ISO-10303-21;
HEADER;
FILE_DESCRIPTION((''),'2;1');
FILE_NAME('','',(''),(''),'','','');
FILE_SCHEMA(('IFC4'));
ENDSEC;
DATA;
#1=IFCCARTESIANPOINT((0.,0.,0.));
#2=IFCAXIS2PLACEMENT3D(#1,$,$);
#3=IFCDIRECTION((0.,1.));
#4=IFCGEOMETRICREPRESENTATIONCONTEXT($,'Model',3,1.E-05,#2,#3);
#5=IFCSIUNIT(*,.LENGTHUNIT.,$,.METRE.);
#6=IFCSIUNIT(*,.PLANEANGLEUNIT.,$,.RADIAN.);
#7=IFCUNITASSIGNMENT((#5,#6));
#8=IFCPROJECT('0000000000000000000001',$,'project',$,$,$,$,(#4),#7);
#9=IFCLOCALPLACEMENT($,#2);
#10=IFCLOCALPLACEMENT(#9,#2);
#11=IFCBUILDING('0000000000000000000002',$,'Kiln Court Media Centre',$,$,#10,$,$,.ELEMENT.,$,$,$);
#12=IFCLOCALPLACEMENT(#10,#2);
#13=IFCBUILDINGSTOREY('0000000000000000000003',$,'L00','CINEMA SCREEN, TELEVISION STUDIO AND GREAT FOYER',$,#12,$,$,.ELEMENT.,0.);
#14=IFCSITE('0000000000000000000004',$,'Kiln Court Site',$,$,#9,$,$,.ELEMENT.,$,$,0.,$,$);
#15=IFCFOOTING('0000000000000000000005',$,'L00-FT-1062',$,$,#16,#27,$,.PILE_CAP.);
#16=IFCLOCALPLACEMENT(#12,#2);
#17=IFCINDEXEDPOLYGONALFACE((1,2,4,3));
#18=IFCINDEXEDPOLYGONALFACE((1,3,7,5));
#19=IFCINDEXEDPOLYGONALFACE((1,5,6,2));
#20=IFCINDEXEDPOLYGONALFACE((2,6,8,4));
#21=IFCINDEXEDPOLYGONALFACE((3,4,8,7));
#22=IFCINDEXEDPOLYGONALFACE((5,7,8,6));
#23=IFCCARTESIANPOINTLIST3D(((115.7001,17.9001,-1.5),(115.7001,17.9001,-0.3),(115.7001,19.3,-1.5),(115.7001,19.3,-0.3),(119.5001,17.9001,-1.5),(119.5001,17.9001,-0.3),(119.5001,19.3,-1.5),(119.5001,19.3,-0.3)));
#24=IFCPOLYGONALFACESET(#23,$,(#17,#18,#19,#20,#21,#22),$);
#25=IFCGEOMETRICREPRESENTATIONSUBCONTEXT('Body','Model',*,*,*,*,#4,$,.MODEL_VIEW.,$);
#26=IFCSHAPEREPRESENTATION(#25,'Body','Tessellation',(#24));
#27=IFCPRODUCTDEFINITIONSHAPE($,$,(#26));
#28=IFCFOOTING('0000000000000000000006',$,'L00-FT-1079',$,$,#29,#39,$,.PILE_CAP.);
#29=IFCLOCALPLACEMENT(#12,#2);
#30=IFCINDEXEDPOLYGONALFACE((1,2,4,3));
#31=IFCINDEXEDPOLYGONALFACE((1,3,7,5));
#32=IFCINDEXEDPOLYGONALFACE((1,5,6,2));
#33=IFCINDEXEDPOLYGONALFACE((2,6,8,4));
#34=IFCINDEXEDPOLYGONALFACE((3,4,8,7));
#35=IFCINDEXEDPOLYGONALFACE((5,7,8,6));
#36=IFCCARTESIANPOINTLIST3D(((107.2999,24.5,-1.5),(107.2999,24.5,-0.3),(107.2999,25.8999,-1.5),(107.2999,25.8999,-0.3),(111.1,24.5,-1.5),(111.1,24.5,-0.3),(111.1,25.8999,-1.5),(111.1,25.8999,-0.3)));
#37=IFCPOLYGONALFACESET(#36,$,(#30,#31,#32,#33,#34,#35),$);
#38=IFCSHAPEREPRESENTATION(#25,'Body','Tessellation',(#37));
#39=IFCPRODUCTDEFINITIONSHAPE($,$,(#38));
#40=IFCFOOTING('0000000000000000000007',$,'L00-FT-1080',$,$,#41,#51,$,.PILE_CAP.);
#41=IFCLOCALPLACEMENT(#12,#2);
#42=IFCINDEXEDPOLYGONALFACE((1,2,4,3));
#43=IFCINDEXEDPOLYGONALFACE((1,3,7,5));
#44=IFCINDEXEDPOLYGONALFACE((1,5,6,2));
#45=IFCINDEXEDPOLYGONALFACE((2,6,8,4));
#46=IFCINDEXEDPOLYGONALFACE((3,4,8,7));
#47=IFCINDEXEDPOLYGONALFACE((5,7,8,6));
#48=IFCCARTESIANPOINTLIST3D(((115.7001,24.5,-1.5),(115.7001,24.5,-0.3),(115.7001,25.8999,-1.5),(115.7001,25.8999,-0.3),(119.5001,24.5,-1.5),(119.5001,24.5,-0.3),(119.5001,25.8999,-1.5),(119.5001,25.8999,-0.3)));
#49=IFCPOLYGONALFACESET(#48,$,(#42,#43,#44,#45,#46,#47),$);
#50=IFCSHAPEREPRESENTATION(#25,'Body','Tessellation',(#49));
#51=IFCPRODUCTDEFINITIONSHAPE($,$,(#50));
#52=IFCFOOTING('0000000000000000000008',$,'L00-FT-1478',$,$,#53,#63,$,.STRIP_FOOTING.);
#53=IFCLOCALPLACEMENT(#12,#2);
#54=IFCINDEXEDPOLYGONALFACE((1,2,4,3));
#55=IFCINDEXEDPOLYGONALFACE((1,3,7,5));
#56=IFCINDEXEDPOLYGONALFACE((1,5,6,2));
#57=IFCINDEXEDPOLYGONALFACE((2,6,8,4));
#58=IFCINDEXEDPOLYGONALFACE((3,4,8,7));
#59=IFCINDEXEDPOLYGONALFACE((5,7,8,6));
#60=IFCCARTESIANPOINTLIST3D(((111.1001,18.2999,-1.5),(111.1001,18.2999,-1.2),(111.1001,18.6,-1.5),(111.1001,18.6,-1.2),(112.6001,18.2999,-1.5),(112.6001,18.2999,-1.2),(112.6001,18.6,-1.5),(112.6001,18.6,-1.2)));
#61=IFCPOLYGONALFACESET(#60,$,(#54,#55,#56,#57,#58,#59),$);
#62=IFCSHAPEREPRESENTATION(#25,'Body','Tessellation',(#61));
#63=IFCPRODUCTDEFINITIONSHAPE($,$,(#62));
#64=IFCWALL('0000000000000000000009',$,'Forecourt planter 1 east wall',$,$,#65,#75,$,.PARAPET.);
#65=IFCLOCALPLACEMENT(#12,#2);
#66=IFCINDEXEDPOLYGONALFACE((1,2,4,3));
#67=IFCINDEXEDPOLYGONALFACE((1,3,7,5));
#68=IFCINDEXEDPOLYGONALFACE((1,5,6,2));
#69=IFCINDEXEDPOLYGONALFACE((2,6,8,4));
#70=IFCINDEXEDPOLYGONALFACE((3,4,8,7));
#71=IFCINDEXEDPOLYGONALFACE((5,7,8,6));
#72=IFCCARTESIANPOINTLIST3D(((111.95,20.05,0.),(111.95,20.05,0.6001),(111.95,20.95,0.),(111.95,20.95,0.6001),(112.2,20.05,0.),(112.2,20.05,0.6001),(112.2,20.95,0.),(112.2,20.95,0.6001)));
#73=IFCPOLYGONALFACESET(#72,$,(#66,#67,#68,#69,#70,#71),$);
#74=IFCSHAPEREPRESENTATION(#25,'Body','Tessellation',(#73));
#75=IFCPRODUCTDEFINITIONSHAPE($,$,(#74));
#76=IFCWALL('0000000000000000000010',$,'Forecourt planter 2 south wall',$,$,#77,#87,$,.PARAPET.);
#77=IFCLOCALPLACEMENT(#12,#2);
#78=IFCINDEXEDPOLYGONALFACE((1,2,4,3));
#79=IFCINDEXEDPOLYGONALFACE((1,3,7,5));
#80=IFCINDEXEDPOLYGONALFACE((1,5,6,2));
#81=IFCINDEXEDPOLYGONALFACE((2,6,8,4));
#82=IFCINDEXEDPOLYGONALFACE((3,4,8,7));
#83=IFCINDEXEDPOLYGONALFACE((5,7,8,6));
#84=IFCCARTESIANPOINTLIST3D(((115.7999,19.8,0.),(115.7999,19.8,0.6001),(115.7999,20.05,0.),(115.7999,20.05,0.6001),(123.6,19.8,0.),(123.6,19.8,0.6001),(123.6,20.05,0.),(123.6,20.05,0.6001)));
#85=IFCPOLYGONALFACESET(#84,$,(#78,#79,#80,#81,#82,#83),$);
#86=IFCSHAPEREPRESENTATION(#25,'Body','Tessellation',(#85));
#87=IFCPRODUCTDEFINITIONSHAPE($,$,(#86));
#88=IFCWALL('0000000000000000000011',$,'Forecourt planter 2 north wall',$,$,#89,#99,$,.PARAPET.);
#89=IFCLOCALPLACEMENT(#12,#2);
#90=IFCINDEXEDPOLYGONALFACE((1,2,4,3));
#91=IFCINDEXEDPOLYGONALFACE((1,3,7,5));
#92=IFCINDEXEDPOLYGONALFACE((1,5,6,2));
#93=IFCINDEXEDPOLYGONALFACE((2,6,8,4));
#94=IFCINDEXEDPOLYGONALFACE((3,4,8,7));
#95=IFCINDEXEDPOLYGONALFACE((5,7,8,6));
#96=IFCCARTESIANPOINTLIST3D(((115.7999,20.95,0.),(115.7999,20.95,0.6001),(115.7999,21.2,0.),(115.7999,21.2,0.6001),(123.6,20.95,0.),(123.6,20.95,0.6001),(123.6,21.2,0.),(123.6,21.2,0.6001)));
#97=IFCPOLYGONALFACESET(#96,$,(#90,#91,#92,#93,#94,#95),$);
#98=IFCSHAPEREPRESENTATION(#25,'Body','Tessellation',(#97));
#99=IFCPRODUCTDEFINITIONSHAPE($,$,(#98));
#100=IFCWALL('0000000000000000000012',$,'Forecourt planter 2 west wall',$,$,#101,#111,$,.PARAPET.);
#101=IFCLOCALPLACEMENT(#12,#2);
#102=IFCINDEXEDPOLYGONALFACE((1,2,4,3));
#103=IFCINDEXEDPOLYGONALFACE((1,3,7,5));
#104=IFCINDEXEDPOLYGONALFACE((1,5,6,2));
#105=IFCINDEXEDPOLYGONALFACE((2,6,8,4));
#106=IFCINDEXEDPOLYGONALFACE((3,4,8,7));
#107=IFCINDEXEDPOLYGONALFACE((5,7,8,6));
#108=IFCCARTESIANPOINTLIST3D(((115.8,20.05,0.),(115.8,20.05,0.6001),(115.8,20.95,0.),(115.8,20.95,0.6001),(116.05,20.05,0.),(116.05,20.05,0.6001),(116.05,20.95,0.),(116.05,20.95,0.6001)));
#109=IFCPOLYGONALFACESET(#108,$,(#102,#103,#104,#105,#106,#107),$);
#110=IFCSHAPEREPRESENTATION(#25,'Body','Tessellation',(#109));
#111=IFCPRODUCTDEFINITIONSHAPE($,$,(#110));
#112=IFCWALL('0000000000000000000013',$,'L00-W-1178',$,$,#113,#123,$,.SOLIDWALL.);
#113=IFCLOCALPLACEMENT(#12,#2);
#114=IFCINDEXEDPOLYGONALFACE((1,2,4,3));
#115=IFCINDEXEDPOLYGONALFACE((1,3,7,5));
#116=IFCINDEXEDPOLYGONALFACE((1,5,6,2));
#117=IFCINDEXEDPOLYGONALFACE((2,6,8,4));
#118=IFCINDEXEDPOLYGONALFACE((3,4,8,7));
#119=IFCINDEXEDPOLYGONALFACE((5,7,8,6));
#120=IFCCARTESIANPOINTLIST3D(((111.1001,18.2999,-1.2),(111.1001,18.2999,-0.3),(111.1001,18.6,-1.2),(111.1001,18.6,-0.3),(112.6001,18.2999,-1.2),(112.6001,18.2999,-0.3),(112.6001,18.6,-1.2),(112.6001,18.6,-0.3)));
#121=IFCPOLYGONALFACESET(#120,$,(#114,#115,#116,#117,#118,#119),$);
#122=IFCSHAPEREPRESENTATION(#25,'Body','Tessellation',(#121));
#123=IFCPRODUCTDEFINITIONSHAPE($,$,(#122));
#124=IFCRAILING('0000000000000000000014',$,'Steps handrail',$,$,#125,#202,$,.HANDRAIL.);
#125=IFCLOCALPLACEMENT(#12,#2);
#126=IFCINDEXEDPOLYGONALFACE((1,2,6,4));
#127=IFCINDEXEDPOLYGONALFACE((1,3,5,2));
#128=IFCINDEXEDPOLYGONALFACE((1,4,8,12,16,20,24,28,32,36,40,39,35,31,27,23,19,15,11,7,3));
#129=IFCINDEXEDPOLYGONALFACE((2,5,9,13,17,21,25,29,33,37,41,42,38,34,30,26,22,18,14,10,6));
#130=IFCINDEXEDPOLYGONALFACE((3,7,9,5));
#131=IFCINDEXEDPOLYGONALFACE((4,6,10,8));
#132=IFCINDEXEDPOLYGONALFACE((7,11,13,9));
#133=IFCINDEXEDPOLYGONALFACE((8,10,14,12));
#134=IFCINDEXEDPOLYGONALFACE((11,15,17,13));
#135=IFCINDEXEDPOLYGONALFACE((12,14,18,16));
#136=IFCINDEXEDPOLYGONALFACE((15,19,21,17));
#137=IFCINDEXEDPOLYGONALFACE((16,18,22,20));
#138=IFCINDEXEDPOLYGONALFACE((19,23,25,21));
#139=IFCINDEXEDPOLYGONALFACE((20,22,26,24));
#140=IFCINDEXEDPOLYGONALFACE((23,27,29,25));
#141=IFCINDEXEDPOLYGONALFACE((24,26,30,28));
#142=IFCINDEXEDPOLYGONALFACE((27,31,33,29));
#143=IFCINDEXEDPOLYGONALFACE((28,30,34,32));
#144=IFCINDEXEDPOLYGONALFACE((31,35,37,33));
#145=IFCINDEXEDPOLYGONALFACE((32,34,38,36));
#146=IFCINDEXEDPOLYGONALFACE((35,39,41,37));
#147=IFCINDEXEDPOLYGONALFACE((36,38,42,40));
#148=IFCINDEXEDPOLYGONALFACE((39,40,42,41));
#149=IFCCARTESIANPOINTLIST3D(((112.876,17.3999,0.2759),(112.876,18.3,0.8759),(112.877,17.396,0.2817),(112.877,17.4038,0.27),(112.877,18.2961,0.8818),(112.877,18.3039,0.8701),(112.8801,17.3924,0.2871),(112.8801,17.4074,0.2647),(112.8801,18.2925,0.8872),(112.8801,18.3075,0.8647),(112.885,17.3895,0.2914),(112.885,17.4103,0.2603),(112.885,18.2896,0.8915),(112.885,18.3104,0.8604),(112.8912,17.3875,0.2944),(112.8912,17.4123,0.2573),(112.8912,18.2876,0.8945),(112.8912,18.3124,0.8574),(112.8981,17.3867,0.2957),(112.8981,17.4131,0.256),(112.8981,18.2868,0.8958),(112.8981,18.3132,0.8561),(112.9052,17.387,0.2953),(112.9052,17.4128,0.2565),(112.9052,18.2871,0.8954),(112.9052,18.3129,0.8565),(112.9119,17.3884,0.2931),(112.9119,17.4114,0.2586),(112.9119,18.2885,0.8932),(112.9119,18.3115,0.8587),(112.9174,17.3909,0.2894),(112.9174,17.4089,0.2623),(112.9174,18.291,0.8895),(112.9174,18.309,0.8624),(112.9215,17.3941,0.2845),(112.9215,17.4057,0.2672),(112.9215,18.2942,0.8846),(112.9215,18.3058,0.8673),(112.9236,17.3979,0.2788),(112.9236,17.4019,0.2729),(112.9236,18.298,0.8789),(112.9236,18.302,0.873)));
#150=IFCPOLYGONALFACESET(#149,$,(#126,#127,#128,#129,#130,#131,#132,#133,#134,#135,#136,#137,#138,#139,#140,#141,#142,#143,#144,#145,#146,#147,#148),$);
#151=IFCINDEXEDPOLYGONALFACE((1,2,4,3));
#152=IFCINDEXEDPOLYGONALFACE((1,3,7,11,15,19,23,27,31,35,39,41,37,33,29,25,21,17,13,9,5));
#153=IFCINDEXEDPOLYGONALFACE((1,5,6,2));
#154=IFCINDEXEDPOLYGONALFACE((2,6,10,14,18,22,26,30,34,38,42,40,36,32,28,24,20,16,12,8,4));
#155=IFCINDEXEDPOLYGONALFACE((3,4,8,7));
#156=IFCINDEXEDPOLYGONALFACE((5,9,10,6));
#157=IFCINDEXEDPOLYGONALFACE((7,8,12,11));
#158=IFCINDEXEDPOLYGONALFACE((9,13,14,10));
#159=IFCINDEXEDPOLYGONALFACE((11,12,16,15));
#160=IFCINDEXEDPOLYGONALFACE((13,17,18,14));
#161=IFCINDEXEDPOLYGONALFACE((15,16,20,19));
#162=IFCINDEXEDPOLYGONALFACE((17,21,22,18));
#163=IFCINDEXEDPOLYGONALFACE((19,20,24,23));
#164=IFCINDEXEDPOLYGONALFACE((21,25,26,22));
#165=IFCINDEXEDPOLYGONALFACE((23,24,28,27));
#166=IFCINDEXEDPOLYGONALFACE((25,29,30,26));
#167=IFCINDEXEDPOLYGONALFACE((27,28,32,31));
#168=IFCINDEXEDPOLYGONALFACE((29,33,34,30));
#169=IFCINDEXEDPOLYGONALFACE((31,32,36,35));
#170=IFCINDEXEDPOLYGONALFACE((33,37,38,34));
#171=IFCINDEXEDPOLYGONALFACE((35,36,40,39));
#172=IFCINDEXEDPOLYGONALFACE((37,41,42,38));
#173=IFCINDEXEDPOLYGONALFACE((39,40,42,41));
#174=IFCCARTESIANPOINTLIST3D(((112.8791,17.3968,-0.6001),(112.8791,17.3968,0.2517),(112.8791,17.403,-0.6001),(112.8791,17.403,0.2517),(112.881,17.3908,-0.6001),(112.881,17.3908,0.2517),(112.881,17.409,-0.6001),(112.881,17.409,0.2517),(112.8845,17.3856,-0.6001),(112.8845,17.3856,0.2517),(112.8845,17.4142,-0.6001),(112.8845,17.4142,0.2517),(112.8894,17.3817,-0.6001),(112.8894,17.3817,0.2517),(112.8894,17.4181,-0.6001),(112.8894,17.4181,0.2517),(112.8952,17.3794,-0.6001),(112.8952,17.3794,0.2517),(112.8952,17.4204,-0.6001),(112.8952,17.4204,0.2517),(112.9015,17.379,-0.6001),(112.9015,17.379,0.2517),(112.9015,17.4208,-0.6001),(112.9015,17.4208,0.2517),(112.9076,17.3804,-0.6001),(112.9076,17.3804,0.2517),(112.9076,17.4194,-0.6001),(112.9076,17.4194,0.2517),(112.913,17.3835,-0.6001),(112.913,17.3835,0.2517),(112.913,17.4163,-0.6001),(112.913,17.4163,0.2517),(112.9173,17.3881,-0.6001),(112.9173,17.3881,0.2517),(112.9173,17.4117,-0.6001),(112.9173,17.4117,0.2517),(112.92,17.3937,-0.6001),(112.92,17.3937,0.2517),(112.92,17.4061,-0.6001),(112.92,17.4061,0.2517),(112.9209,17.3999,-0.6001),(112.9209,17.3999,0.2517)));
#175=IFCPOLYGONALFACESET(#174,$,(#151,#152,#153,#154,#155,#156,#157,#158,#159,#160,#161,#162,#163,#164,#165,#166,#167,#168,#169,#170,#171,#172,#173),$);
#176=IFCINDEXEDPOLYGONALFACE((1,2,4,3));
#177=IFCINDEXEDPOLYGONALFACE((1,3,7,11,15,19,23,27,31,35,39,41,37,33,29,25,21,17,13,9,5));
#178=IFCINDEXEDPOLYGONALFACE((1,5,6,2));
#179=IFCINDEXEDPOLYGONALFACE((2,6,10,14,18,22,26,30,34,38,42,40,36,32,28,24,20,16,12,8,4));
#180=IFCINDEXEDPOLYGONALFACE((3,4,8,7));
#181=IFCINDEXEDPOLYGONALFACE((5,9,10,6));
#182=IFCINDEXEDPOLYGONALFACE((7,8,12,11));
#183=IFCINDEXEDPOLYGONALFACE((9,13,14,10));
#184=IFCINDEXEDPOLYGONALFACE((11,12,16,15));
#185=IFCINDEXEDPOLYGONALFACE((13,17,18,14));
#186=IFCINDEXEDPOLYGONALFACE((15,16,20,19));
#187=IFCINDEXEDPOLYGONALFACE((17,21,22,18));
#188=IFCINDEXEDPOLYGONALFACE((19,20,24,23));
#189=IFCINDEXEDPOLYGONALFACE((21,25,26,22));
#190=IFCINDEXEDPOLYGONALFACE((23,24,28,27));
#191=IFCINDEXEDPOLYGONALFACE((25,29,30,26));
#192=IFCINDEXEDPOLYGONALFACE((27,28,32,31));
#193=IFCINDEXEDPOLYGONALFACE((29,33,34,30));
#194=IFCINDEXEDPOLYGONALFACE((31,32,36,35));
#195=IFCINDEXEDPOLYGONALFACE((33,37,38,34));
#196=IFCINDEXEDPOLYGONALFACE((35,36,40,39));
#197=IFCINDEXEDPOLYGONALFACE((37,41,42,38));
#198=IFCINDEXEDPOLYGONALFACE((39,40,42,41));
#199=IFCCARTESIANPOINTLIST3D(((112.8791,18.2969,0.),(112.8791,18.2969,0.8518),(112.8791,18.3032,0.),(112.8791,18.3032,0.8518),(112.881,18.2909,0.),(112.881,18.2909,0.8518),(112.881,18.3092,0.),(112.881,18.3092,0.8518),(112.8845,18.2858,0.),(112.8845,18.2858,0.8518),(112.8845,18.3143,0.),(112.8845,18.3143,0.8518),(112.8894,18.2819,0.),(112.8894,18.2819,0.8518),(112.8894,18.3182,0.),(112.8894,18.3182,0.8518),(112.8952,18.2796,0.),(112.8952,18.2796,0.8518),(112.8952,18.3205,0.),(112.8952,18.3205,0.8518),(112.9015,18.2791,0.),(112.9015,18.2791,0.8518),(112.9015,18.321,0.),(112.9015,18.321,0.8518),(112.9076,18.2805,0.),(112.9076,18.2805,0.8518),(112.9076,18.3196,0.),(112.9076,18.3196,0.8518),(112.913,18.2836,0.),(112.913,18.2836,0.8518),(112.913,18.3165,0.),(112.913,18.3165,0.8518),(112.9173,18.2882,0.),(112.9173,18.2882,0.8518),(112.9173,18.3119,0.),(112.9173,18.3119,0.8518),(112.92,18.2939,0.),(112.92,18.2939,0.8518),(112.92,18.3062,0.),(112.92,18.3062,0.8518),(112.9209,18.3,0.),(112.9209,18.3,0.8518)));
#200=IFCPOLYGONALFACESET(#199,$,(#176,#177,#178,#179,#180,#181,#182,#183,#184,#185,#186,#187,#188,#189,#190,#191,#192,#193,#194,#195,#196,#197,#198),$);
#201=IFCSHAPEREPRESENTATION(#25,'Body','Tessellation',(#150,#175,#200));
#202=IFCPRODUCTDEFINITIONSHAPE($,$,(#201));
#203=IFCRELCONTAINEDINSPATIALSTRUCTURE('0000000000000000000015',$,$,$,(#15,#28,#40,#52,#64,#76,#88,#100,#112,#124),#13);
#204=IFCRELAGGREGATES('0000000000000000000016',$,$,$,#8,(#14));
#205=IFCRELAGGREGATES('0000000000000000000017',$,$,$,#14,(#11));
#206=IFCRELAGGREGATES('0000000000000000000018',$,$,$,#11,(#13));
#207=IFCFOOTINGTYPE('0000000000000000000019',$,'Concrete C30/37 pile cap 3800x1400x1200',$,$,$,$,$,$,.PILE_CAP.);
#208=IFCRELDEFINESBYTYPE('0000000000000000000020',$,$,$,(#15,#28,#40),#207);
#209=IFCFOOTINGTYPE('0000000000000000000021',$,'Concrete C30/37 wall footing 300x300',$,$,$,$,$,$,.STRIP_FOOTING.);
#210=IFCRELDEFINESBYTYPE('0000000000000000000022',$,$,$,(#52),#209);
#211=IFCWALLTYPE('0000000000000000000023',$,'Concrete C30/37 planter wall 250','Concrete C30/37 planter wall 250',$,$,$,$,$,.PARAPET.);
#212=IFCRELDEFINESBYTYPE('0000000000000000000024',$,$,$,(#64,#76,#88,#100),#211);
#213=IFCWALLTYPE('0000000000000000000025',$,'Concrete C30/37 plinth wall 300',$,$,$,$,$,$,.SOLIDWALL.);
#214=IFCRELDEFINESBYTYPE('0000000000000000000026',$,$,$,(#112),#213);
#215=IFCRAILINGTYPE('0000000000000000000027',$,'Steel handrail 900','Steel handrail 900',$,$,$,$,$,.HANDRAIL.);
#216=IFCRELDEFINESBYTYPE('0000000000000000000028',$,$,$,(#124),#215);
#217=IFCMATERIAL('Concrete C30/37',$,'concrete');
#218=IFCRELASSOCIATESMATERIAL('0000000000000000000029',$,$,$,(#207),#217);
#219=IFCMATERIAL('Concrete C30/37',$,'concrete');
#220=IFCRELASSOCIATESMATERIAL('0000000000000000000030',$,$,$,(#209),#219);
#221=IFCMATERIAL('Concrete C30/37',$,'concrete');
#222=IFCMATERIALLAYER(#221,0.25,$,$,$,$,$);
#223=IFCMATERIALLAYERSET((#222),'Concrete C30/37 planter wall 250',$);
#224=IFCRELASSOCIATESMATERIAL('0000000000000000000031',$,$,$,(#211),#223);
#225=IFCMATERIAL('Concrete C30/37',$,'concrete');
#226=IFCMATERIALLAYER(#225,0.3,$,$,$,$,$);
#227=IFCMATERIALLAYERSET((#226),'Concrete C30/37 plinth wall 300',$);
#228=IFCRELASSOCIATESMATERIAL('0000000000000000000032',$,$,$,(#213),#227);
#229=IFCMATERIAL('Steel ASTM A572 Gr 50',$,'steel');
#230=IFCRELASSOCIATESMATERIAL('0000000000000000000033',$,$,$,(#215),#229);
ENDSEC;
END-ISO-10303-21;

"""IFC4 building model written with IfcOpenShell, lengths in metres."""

from ifc_helpers import new_model, si_unit, direction, frame, frame_2d, origin, origin_2d, place, context, subcontext, project, spatial, rectangle, circle, extrude, material, layer, layer_set, type_object, element, save


model = new_model("IFC4")

# Units and contexts
model_context = context("Model", 3, precision=1e-05, world=origin(), true_north=direction((0.0, 1.0)))
body_context = subcontext(model_context, "Body", "Model", "MODEL_VIEW")
ifc_project = project(units=[si_unit("LENGTHUNIT", "METRE"), si_unit("PLANEANGLEUNIT", "RADIAN")], contexts=[model_context])

# Site, building, storey
site_placement = place(None, origin())
site = spatial("IfcSite", under=ifc_project, at=site_placement, Name="Kiln Court Site", CompositionType="ELEMENT", RefElevation=0.0)
building_placement = place(site_placement, origin())
building = spatial("IfcBuilding", under=site, at=building_placement, Name="Kiln Court Media Centre", CompositionType="ELEMENT")
storey_placement = place(building_placement, origin())
storey = spatial("IfcBuildingStorey", under=building, at=storey_placement, Name="L00", Description="CINEMA SCREEN, TELEVISION STUDIO AND GREAT FOYER", CompositionType="ELEMENT", Elevation=0.0)

# Footings
ifc_material_1 = material(Name="Concrete C30/37", Category="concrete")
footing_type_1 = type_object("IfcFootingType", Name="Concrete C30/37 pile cap 3800x1400x1200", PredefinedType="PILE_CAP", material=ifc_material_1)
for number, where, z_axis, x_axis, name in (
    (1, (117.6001, 18.6001, -1.5), (0.0, 0.0, 1.0), (1.0, 0.0, 0.0), "L00-FT-1062"),
    (2, (109.2, 25.2, -1.5), (0.0, 0.0, 1.0), (1.0, 0.0, 0.0), "L00-FT-1079"),
    (3, (117.6001, 25.2, -1.5), (0.0, 0.0, 1.0), (1.0, 0.0, 0.0), "L00-FT-1080"),
):
    element("IfcFooting", number, at=place(storey_placement, frame(where, z_axis=z_axis, x_axis=x_axis)), inside=storey, type_object=footing_type_1, Name=name, PredefinedType="PILE_CAP", context=body_context, shape_type="SweptSolid", body=[
        extrude(rectangle(XDim=3.8, YDim=1.3999, at=origin_2d()), origin(), (0.0, 0.0, 1.0), 1.2),
    ])
ifc_material_2 = material(Name="Concrete C30/37", Category="concrete")
footing_type_2 = type_object("IfcFootingType", Name="Concrete C30/37 wall footing 300x300", PredefinedType="STRIP_FOOTING", material=ifc_material_2)
footing_1_placement = place(storey_placement, frame((111.8501, 18.45, -1.5), z_axis=(0.0, 0.0, 1.0), x_axis=(1.0, 0.0, 0.0)))
element("IfcFooting", 4, at=footing_1_placement, inside=storey, type_object=footing_type_2, Name="L00-FT-1478", PredefinedType="STRIP_FOOTING", context=body_context, shape_type="SweptSolid", body=[
    extrude(rectangle(XDim=1.5, YDim=0.3, at=origin_2d()), origin(), (0.0, 0.0, 1.0), 0.3),
])

# Walls
ifc_material_3 = material(Name="Concrete C30/37", Category="concrete")
ifc_layer_1 = layer(ifc_material_3, 0.25)
ifc_layer_set_1 = layer_set([ifc_layer_1], Name="Concrete C30/37 planter wall 250")
wall_type_1 = type_object("IfcWallType", Name="Concrete C30/37 planter wall 250", Description="Concrete C30/37 planter wall 250", PredefinedType="PARAPET", material=ifc_layer_set_1)
wall_1_placement = place(storey_placement, frame((112.075, 20.05, 0.0), z_axis=(0.0, 0.0, 1.0), x_axis=(0.0, 1.0, 0.0)))
element("IfcWall", 5, at=wall_1_placement, inside=storey, type_object=wall_type_1, Name="Forecourt planter 1 east wall", PredefinedType="PARAPET", context=body_context, shape_type="SweptSolid", body=[
    extrude(rectangle(XDim=0.8999, YDim=0.25, at=frame_2d((0.45, 0.0))), origin(), (0.0, 0.0, 1.0), 0.6001),
])
for number, where, z_axis, x_axis, name in (
    (6, (115.8, 19.925, 0.0), (0.0, 0.0, 1.0), (1.0, 0.0, 0.0), "Forecourt planter 2 south wall"),
    (7, (115.8, 21.075, 0.0), (0.0, 0.0, 1.0), (1.0, 0.0, 0.0), "Forecourt planter 2 north wall"),
):
    element("IfcWall", number, at=place(storey_placement, frame(where, z_axis=z_axis, x_axis=x_axis)), inside=storey, type_object=wall_type_1, Name=name, PredefinedType="PARAPET", context=body_context, shape_type="SweptSolid", body=[
        extrude(rectangle(XDim=7.8, YDim=0.25, at=frame_2d((3.8999, 0.0))), origin(), (0.0, 0.0, 1.0), 0.6001),
    ])
wall_2_placement = place(storey_placement, frame((115.925, 20.05, 0.0), z_axis=(0.0, 0.0, 1.0), x_axis=(0.0, 1.0, 0.0)))
element("IfcWall", 8, at=wall_2_placement, inside=storey, type_object=wall_type_1, Name="Forecourt planter 2 west wall", PredefinedType="PARAPET", context=body_context, shape_type="SweptSolid", body=[
    extrude(rectangle(XDim=0.8999, YDim=0.25, at=frame_2d((0.45, 0.0))), origin(), (0.0, 0.0, 1.0), 0.6001),
])
ifc_material_4 = material(Name="Concrete C30/37", Category="concrete")
ifc_layer_2 = layer(ifc_material_4, 0.3)
ifc_layer_set_2 = layer_set([ifc_layer_2], Name="Concrete C30/37 plinth wall 300")
wall_type_2 = type_object("IfcWallType", Name="Concrete C30/37 plinth wall 300", PredefinedType="SOLIDWALL", material=ifc_layer_set_2)
wall_3_placement = place(storey_placement, frame((112.6001, 18.45, -1.2), z_axis=(0.0, 0.0, 1.0), x_axis=(-1.0, 0.0, 0.0)))
element("IfcWall", 9, at=wall_3_placement, inside=storey, type_object=wall_type_2, Name="L00-W-1178", PredefinedType="SOLIDWALL", context=body_context, shape_type="SweptSolid", body=[
    extrude(rectangle(XDim=1.5, YDim=0.3, at=frame_2d((0.75, 0.0))), origin(), (0.0, 0.0, 1.0), 0.8999),
])

# Railing
ifc_material_5 = material(Name="Steel ASTM A572 Gr 50", Category="steel")
railing_type_1 = type_object("IfcRailingType", Name="Steel handrail 900", Description="Steel handrail 900", PredefinedType="HANDRAIL", material=ifc_material_5)
for number, where, name in (
    (10, (112.8999, 17.3999, -0.6001), "Steps handrail"),
):
    element("IfcRailing", number, at=place(storey_placement, frame(where)), inside=storey, type_object=railing_type_1, Name=name, PredefinedType="HANDRAIL", context=body_context, shape_type="SweptSolid", body=[
        extrude(circle(Radius=0.0239, at=origin_2d()), frame((0.0, 0.0, 0.876), z_axis=(0.0, 0.83205, 0.5547), x_axis=(-1.0, 0.0, 0.0)), (0.0, 0.0, 1.0), 1.0818),
        extrude(circle(Radius=0.021, at=origin_2d()), origin(), (0.0, 0.0, 1.0), 0.8518),
        extrude(circle(Radius=0.021, at=origin_2d()), frame((0.0, 0.9001, 0.6001)), (0.0, 0.0, 1.0), 0.8518),
    ])

save(model, "model.ifc")
